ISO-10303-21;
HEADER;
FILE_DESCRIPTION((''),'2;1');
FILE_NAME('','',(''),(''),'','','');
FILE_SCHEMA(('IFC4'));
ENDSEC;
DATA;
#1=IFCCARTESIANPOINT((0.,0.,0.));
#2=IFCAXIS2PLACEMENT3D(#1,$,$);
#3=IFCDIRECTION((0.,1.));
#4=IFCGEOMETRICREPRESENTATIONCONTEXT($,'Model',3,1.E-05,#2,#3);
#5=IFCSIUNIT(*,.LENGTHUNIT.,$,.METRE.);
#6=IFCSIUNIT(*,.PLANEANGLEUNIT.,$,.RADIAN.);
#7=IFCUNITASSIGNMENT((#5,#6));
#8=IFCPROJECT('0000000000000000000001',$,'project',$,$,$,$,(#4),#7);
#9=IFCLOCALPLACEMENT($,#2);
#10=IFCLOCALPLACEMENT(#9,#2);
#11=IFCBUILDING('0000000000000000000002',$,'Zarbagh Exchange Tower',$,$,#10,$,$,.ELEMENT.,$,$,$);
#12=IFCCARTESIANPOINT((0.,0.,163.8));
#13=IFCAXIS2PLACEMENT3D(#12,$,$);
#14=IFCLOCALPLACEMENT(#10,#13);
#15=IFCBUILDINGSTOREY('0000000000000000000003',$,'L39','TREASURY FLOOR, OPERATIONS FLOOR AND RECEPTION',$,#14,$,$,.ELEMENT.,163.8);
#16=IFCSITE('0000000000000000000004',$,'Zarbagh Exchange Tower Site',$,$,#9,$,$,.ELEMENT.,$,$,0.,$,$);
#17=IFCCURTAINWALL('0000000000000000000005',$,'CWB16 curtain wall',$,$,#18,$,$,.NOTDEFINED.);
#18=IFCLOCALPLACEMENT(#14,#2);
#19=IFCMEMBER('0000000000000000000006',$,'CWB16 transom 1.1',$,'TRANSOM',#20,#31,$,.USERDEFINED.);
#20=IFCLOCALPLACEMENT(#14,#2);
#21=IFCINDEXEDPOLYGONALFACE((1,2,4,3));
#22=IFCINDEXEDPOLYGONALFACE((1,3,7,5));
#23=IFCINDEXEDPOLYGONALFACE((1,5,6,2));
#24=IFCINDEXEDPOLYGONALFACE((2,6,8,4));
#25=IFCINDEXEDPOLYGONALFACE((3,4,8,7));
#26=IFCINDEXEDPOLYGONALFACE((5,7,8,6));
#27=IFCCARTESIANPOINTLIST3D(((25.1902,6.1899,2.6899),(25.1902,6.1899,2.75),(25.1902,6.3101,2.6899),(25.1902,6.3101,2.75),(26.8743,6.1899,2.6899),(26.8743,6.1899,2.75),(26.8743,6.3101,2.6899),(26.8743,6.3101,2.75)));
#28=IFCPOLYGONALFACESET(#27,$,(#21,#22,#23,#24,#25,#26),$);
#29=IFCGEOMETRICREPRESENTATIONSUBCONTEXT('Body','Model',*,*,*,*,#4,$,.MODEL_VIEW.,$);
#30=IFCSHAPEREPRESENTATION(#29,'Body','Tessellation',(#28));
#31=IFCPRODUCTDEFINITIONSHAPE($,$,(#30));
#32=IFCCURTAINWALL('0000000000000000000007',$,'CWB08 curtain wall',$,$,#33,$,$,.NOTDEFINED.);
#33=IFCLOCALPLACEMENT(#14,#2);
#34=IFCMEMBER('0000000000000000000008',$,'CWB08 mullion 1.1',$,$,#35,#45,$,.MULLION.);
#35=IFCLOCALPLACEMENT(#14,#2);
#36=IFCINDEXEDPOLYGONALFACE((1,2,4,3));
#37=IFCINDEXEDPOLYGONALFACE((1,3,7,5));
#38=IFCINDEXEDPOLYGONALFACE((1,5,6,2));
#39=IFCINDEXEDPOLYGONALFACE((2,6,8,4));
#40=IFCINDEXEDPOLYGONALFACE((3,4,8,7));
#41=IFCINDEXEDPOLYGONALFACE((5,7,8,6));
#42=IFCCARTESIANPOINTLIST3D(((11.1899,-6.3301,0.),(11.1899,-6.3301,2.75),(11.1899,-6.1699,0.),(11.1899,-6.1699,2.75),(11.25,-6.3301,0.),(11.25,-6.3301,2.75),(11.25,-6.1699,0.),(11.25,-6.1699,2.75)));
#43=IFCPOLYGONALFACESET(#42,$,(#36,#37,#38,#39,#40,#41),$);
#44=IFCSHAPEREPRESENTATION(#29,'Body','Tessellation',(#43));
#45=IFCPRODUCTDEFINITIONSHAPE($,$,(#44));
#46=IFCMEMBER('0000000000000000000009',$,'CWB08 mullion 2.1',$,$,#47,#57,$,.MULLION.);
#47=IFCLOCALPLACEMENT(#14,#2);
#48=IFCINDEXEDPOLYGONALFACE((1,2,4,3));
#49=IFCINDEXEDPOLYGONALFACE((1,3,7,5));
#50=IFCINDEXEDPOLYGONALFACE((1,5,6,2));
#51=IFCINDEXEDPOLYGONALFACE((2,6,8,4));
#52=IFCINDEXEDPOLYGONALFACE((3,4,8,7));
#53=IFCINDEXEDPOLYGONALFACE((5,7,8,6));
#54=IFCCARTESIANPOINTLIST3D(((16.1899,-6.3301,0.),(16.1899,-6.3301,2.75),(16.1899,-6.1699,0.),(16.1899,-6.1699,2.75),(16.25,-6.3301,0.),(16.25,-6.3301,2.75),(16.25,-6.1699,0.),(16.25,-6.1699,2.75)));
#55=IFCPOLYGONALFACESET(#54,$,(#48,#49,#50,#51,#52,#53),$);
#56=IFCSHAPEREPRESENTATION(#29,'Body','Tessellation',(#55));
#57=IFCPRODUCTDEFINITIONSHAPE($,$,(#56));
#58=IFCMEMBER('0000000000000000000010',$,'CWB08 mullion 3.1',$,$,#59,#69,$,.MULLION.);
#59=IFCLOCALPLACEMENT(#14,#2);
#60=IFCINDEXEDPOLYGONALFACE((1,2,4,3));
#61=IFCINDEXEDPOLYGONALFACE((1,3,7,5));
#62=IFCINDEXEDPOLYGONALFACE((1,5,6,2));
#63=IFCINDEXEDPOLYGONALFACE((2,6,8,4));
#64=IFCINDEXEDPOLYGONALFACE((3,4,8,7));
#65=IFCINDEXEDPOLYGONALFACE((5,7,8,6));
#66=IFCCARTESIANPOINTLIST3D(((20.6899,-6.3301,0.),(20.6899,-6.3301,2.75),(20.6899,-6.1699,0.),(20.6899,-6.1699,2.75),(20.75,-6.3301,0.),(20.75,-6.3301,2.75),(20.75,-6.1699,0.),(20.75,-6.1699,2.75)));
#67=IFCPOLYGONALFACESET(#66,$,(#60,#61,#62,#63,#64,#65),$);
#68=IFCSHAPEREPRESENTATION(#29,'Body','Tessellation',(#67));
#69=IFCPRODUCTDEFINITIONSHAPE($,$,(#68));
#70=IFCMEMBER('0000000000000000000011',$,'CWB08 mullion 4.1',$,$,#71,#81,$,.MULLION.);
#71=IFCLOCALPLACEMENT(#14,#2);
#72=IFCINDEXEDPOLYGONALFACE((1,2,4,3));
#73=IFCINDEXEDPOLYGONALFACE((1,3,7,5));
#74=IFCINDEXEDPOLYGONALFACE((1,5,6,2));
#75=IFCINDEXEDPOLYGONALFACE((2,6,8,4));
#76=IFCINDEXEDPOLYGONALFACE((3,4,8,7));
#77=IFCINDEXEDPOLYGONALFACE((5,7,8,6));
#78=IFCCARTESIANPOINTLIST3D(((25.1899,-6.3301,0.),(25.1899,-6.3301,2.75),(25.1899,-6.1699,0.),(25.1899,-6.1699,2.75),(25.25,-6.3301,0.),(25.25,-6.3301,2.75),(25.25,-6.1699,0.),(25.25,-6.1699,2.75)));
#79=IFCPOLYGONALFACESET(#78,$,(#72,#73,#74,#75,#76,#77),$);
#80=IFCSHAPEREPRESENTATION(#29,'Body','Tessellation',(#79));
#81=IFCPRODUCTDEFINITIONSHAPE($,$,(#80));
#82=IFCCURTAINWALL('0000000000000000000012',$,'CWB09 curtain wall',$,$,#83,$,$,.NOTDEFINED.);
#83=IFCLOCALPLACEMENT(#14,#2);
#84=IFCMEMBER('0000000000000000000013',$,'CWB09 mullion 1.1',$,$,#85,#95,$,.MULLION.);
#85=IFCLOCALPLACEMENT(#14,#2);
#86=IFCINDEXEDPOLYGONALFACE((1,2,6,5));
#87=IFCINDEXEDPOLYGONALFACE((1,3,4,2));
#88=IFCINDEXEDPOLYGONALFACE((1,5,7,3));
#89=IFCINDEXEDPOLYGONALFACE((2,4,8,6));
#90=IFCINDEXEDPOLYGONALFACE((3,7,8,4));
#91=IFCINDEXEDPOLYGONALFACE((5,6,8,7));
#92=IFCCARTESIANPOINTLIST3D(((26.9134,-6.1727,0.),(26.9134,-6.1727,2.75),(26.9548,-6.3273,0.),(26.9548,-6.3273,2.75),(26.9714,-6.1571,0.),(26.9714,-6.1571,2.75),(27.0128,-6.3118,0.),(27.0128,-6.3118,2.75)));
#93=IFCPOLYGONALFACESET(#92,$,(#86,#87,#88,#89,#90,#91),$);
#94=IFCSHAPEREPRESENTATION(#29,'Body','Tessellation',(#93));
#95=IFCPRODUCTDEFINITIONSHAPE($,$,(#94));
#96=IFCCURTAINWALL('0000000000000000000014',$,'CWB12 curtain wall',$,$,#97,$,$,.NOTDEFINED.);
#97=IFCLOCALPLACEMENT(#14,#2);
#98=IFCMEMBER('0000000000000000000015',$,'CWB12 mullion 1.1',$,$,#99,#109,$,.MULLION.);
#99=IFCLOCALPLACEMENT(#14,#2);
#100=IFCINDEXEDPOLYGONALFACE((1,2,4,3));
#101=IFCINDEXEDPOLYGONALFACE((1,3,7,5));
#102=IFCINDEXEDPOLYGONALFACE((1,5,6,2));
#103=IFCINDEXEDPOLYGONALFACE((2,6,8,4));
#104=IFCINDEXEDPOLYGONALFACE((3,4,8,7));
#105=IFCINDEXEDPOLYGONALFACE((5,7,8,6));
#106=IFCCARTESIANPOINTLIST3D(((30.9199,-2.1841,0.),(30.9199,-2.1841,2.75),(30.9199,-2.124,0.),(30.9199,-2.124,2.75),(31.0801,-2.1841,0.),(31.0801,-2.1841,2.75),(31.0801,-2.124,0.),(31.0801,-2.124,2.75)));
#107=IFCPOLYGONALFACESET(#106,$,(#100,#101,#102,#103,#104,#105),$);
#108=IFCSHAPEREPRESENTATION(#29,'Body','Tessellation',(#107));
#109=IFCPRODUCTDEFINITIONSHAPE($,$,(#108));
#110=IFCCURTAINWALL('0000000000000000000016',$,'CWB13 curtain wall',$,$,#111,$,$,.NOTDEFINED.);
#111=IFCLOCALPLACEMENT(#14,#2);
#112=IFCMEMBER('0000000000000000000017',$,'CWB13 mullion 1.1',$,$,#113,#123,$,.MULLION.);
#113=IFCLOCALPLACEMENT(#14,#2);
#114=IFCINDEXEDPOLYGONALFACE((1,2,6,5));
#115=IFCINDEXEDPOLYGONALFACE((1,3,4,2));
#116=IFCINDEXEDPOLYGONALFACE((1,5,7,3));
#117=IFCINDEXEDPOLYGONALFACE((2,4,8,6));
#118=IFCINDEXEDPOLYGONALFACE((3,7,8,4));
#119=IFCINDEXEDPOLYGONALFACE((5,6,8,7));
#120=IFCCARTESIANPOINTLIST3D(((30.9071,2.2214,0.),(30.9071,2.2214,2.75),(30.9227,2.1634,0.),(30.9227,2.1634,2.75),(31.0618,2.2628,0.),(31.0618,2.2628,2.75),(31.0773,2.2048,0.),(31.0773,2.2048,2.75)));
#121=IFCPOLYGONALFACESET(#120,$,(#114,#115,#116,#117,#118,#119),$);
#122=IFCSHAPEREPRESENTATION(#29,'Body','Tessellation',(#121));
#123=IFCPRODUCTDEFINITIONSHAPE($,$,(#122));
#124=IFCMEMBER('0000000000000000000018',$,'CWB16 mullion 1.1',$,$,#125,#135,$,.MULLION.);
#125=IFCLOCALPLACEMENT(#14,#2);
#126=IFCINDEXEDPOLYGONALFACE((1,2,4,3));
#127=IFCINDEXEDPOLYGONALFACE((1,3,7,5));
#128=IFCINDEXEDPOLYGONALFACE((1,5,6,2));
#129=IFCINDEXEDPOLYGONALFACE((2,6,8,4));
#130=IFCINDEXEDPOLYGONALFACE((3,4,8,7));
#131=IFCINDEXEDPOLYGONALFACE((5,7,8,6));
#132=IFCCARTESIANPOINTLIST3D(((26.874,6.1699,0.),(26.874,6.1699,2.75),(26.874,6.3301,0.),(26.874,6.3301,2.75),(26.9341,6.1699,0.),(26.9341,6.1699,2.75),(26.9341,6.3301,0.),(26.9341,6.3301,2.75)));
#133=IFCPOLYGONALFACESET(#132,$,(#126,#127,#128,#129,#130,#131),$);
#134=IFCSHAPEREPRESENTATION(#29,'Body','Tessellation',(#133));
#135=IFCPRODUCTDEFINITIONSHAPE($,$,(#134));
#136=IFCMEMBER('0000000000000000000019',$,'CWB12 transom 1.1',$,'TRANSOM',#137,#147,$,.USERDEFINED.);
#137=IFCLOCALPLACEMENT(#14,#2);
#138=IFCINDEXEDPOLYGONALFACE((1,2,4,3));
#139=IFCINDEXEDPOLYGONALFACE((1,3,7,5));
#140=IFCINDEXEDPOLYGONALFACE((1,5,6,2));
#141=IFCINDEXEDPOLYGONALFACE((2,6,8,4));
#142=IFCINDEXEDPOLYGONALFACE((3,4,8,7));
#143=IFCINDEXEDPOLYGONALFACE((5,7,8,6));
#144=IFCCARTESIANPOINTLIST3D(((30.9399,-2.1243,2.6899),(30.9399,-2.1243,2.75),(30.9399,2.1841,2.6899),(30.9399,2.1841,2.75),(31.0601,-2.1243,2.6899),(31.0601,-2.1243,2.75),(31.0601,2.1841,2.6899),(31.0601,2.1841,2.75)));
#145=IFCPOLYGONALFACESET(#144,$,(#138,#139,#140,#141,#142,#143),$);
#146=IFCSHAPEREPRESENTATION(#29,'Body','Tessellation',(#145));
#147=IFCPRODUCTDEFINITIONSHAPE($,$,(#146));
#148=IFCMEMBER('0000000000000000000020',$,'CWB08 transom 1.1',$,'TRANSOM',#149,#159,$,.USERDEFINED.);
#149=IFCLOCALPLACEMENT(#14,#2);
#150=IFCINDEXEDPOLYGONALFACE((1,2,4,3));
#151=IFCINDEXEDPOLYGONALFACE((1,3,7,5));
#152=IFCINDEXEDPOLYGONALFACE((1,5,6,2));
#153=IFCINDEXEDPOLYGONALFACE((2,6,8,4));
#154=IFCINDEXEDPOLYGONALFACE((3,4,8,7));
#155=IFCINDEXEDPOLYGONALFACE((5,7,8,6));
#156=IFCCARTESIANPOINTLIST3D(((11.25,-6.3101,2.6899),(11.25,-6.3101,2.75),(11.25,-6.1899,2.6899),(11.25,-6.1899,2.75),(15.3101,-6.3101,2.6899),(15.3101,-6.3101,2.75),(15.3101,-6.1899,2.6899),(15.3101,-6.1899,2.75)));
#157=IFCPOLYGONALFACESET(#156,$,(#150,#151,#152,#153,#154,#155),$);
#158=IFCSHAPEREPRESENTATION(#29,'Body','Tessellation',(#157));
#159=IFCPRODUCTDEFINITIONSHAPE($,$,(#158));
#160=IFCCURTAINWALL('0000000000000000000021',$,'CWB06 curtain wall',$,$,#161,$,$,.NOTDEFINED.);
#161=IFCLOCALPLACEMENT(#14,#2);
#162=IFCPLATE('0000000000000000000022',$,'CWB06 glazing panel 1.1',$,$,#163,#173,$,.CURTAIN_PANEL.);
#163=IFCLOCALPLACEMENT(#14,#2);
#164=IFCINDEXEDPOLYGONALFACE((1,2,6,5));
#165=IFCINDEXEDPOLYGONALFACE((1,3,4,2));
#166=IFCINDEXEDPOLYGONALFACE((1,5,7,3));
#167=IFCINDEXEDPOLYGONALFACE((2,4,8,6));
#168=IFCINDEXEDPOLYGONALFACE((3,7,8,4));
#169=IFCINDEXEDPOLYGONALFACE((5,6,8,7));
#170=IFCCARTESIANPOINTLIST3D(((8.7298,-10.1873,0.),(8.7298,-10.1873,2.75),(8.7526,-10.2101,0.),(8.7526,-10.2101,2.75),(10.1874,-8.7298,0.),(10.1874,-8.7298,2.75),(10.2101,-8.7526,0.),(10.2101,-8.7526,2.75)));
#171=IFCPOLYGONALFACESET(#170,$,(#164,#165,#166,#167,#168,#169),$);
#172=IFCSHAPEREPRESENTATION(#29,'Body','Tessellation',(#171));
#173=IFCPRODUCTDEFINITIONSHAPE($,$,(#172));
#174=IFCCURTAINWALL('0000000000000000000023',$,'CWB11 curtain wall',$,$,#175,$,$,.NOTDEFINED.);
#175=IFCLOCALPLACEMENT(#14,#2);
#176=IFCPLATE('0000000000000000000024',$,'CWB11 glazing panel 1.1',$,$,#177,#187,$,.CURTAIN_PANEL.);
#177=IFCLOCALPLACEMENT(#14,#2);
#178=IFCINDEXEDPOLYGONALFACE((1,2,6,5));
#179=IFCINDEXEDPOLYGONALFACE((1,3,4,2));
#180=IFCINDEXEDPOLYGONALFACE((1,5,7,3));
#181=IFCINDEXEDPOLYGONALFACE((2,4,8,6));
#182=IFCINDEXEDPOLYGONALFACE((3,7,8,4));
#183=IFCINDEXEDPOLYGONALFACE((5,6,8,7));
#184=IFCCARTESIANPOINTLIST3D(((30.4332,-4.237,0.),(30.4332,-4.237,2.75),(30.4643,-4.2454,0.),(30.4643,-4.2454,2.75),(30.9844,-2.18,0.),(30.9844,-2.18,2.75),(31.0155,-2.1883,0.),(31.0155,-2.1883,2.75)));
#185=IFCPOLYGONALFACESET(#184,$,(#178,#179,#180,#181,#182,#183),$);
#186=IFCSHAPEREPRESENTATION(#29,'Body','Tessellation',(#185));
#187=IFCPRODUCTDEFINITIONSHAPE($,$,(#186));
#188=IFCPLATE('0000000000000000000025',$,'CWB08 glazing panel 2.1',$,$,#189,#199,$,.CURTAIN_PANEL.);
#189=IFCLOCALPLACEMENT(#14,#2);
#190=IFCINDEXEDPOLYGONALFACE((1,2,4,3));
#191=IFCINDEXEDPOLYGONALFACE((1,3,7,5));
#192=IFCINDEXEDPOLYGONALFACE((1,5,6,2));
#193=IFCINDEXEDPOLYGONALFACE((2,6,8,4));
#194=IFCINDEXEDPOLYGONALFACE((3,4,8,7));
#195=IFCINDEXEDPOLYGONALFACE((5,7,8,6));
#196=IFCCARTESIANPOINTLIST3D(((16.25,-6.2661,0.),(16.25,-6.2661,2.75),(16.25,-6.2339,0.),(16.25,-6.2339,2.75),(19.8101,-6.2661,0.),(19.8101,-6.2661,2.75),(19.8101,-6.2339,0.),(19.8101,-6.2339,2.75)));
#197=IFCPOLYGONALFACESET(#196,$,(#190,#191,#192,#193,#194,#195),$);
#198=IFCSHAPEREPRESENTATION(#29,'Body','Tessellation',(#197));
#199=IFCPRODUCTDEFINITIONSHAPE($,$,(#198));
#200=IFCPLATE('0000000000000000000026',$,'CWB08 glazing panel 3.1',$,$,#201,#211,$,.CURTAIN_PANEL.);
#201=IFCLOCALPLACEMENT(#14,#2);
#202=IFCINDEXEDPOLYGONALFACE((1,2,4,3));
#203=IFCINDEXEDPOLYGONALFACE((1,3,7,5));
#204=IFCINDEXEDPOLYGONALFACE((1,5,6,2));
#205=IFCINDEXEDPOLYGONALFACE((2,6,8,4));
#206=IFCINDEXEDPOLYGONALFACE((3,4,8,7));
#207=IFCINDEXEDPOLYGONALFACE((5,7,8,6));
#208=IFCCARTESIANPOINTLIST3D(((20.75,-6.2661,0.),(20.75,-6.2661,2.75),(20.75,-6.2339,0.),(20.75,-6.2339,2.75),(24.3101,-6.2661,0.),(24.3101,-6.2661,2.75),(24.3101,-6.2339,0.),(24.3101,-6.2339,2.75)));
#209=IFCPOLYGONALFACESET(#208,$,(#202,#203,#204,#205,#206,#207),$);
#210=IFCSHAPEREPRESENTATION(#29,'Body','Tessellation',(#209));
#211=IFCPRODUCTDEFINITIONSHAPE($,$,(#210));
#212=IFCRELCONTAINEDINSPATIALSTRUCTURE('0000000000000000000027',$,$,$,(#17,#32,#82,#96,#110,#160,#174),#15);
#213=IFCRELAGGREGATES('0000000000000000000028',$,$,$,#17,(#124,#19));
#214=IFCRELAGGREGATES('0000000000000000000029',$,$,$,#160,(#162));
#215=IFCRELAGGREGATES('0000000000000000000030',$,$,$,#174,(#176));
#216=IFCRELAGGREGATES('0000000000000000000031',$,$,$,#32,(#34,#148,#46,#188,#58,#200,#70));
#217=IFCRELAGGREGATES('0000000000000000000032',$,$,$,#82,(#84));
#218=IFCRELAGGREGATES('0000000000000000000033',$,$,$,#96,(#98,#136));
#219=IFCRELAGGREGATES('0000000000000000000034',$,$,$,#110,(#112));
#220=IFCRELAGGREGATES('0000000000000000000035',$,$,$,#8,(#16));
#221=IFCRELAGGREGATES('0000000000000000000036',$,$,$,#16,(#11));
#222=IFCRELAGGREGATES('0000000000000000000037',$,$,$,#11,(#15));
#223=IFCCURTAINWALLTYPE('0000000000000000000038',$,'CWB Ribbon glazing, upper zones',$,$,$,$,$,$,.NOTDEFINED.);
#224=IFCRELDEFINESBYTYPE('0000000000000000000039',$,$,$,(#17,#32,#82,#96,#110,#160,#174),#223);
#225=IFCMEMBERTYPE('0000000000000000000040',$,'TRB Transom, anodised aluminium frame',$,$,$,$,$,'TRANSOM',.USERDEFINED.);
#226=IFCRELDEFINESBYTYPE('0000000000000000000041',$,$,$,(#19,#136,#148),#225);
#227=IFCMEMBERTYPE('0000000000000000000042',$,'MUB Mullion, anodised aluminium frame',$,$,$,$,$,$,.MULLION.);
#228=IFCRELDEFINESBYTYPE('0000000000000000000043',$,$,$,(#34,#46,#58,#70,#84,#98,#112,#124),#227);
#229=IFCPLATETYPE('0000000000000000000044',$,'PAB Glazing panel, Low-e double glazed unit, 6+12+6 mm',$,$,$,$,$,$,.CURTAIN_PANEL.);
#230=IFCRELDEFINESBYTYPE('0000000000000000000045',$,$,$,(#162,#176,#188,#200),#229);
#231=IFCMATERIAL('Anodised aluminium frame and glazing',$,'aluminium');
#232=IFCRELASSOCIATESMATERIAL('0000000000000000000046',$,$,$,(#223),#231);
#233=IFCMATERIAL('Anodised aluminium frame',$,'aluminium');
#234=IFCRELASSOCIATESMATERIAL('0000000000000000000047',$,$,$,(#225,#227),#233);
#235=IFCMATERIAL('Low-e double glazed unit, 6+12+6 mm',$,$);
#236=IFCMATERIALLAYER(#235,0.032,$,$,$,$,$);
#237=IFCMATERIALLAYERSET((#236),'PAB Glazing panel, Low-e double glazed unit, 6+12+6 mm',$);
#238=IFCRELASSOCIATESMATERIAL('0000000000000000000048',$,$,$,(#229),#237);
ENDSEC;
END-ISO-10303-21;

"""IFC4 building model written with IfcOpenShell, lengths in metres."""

from ifc_helpers import new_model, si_unit, direction, frame, origin, place, context, subcontext, project, spatial, polyline, outline, extrude, source, transform, mapped, material, layer, layer_set, type_object, element, aggregate, save


model = new_model("IFC4")

# Units and contexts
model_context = context("Model", 3, precision=1e-05, world=origin(), true_north=direction((0.0, 1.0)))
body_context = subcontext(model_context, "Body", "Model", "MODEL_VIEW")
ifc_project = project(units=[si_unit("LENGTHUNIT", "METRE"), si_unit("PLANEANGLEUNIT", "RADIAN")], contexts=[model_context])

# Site, building, storey
site_placement = place(None, origin())
site = spatial("IfcSite", under=ifc_project, at=site_placement, Name="Zarbagh Exchange Tower Site", CompositionType="ELEMENT", RefElevation=0.0)
building_placement = place(site_placement, origin())
building = spatial("IfcBuilding", under=site, at=building_placement, Name="Zarbagh Exchange Tower", CompositionType="ELEMENT")
storey_placement = place(building_placement, frame((0.0, 0.0, 163.8)))
storey = spatial("IfcBuildingStorey", under=building, at=storey_placement, Name="L39", Description="TREASURY FLOOR, OPERATIONS FLOOR AND RECEPTION", CompositionType="ELEMENT", Elevation=163.8)

# Curtain wall, member
ifc_material_1 = material(Name="Anodised aluminium frame and glazing", Category="aluminium")
curtain_wall_type = type_object("IfcCurtainWallType", Name="CWB Ribbon glazing, upper zones", PredefinedType="NOTDEFINED", material=ifc_material_1)
curtain_wall_1_placement = place(storey_placement, origin())
curtain_wall_1 = element("IfcCurtainWall", 1, at=curtain_wall_1_placement, inside=storey, type_object=curtain_wall_type, Name="CWB16 curtain wall", PredefinedType="NOTDEFINED")
ifc_material_2 = material(Name="Anodised aluminium frame", Category="aluminium")
member_type_1 = type_object("IfcMemberType", Name="TRB Transom, anodised aluminium frame", ElementType="TRANSOM", PredefinedType="USERDEFINED", material=ifc_material_2)
shared_shape_1 = source(origin(), body_context, "Body", "SweptSolid", [
    extrude(outline(polyline([(-0.0601, -0.0601), (0.0, -0.0601), (0.0, 0.0601), (-0.0601, 0.0601), (-0.0601, -0.0601)])), origin(), (0.0, 0.0, 1.0), 1.6841),
])
placement = place(storey_placement, origin())
member_1 = element("IfcMember", 2, at=placement, type_object=member_type_1, Name="CWB16 transom 1.1", ObjectType="TRANSOM", PredefinedType="USERDEFINED", context=body_context, shape_type="MappedRepresentation", body=[
    mapped(shared_shape_1, transform((26.8743, 6.25, 2.75), x_axis=(0.0, 0.0, 1.0), y_axis=(0.0, 1.0, 0.0), z_axis=(-1.0, 0.0, 0.0))),
])

# Curtain wall, members
curtain_wall_2_placement = place(storey_placement, origin())
curtain_wall_2 = element("IfcCurtainWall", 3, at=curtain_wall_2_placement, inside=storey, type_object=curtain_wall_type, Name="CWB08 curtain wall", PredefinedType="NOTDEFINED")
member_type_2 = type_object("IfcMemberType", Name="MUB Mullion, anodised aluminium frame", PredefinedType="MULLION", material=ifc_material_2)
shared_shape_2 = source(origin(), body_context, "Body", "SweptSolid", [
    extrude(outline(polyline([(0.0, -0.0801), (0.0601, -0.0801), (0.0601, 0.0801), (0.0, 0.0801), (0.0, -0.0801)])), origin(), (0.0, 0.0, 1.0), 2.75),
])
member_2 = element("IfcMember", 4, at=placement, type_object=member_type_2, Name="CWB08 mullion 1.1", PredefinedType="MULLION", context=body_context, shape_type="MappedRepresentation", body=[
    mapped(shared_shape_2, transform((11.1899, -6.25, 0.0), x_axis=(1.0, 0.0, 0.0), y_axis=(0.0, 1.0, 0.0), z_axis=(0.0, 0.0, 1.0))),
])
member_3 = element("IfcMember", 5, at=placement, type_object=member_type_2, Name="CWB08 mullion 2.1", PredefinedType="MULLION", context=body_context, shape_type="MappedRepresentation", body=[
    mapped(shared_shape_2, transform((16.1899, -6.25, 0.0), x_axis=(1.0, 0.0, 0.0), y_axis=(0.0, 1.0, 0.0), z_axis=(0.0, 0.0, 1.0))),
])
member_4 = element("IfcMember", 6, at=placement, type_object=member_type_2, Name="CWB08 mullion 3.1", PredefinedType="MULLION", context=body_context, shape_type="MappedRepresentation", body=[
    mapped(shared_shape_2, transform((20.6899, -6.25, 0.0), x_axis=(1.0, 0.0, 0.0), y_axis=(0.0, 1.0, 0.0), z_axis=(0.0, 0.0, 1.0))),
])
member_5 = element("IfcMember", 7, at=placement, type_object=member_type_2, Name="CWB08 mullion 4.1", PredefinedType="MULLION", context=body_context, shape_type="MappedRepresentation", body=[
    mapped(shared_shape_2, transform((25.1899, -6.25, 0.0), x_axis=(1.0, 0.0, 0.0), y_axis=(0.0, 1.0, 0.0), z_axis=(0.0, 0.0, 1.0))),
])

# Curtain walls, members
curtain_wall_3_placement = place(storey_placement, origin())
curtain_wall_3 = element("IfcCurtainWall", 8, at=curtain_wall_3_placement, inside=storey, type_object=curtain_wall_type, Name="CWB09 curtain wall", PredefinedType="NOTDEFINED")
member_6 = element("IfcMember", 9, at=placement, type_object=member_type_2, Name="CWB09 mullion 1.1", PredefinedType="MULLION", context=body_context, shape_type="MappedRepresentation", body=[
    mapped(shared_shape_2, transform((26.9341, -6.25, 0.0), x_axis=(0.965924, 0.258825, 0.0), y_axis=(-0.258825, 0.965924, 0.0), z_axis=(0.0, 0.0, 1.0))),
])
curtain_wall_4_placement = place(storey_placement, origin())
curtain_wall_4 = element("IfcCurtainWall", 10, at=curtain_wall_4_placement, inside=storey, type_object=curtain_wall_type, Name="CWB12 curtain wall", PredefinedType="NOTDEFINED")
member_7 = element("IfcMember", 11, at=placement, type_object=member_type_2, Name="CWB12 mullion 1.1", PredefinedType="MULLION", context=body_context, shape_type="MappedRepresentation", body=[
    mapped(shared_shape_2, transform((31.0, -2.1841, 0.0), x_axis=(0.0, 1.0, 0.0), y_axis=(-1.0, 0.0, 0.0), z_axis=(0.0, 0.0, 1.0))),
])
curtain_wall_5_placement = place(storey_placement, origin())
curtain_wall_5 = element("IfcCurtainWall", 12, at=curtain_wall_5_placement, inside=storey, type_object=curtain_wall_type, Name="CWB13 curtain wall", PredefinedType="NOTDEFINED")
member_8 = element("IfcMember", 13, at=placement, type_object=member_type_2, Name="CWB13 mullion 1.1", PredefinedType="MULLION", context=body_context, shape_type="MappedRepresentation", body=[
    mapped(shared_shape_2, transform((31.0, 2.1841, 0.0), x_axis=(-0.258825, 0.965924, 0.0), y_axis=(-0.965924, -0.258825, 0.0), z_axis=(0.0, 0.0, 1.0))),
])

# Members
member_9 = element("IfcMember", 14, at=placement, type_object=member_type_2, Name="CWB16 mullion 1.1", PredefinedType="MULLION", context=body_context, shape_type="MappedRepresentation", body=[
    mapped(shared_shape_2, transform((26.9341, 6.25, 0.0), x_axis=(-1.0, 0.0, 0.0), y_axis=(0.0, -1.0, 0.0), z_axis=(0.0, 0.0, 1.0))),
])
aggregate(curtain_wall_1, [member_9, member_1])
shared_shape_3 = source(origin(), body_context, "Body", "SweptSolid", [
    extrude(outline(polyline([(-0.0601, -0.0601), (0.0, -0.0601), (0.0, 0.0601), (-0.0601, 0.0601), (-0.0601, -0.0601)])), origin(), (0.0, 0.0, 1.0), 4.3083),
])
member_10 = element("IfcMember", 15, at=placement, type_object=member_type_1, Name="CWB12 transom 1.1", ObjectType="TRANSOM", PredefinedType="USERDEFINED", context=body_context, shape_type="MappedRepresentation", body=[
    mapped(shared_shape_3, transform((31.0, -2.1243, 2.75), x_axis=(0.0, 0.0, 1.0), y_axis=(1.0, 0.0, 0.0), z_axis=(0.0, 1.0, 0.0))),
])
shared_shape_4 = source(origin(), body_context, "Body", "SweptSolid", [
    extrude(outline(polyline([(-0.0601, -0.0601), (0.0, -0.0601), (0.0, 0.0601), (-0.0601, 0.0601), (-0.0601, -0.0601)])), origin(), (0.0, 0.0, 1.0), 4.0601),
])
member_11 = element("IfcMember", 16, at=placement, type_object=member_type_1, Name="CWB08 transom 1.1", ObjectType="TRANSOM", PredefinedType="USERDEFINED", context=body_context, shape_type="MappedRepresentation", body=[
    mapped(shared_shape_4, transform((11.25, -6.25, 2.75), x_axis=(0.0, 0.0, 1.0), y_axis=(0.0, -1.0, 0.0), z_axis=(1.0, 0.0, 0.0))),
])

# Curtain walls, plates
curtain_wall_6_placement = place(storey_placement, origin())
curtain_wall_6 = element("IfcCurtainWall", 17, at=curtain_wall_6_placement, inside=storey, type_object=curtain_wall_type, Name="CWB06 curtain wall", PredefinedType="NOTDEFINED")
ifc_material_3 = material(Name="Low-e double glazed unit, 6+12+6 mm")
ifc_layer = layer(ifc_material_3, 0.032)
ifc_layer_set = layer_set([ifc_layer], Name="PAB Glazing panel, Low-e double glazed unit, 6+12+6 mm")
plate_type = type_object("IfcPlateType", Name="PAB Glazing panel, Low-e double glazed unit, 6+12+6 mm", PredefinedType="CURTAIN_PANEL", material=ifc_layer_set)
shared_shape_5 = source(origin(), body_context, "Body", "SweptSolid", [
    extrude(outline(polyline([(0.0, -0.0161), (2.0613, -0.0161), (2.0613, 0.0161), (0.0, 0.0161), (0.0, -0.0161)])), origin(), (0.0, 0.0, 1.0), 2.75),
])
plate_1 = element("IfcPlate", 18, at=placement, type_object=plate_type, Name="CWB06 glazing panel 1.1", PredefinedType="CURTAIN_PANEL", context=body_context, shape_type="MappedRepresentation", body=[
    mapped(shared_shape_5, transform((8.7412, -10.1987, 0.0), x_axis=(0.707107, 0.707107, 0.0), y_axis=(-0.707107, 0.707107, 0.0), z_axis=(0.0, 0.0, 1.0))),
])
aggregate(curtain_wall_6, [plate_1])
curtain_wall_7_placement = place(storey_placement, origin())
curtain_wall_7 = element("IfcCurtainWall", 19, at=curtain_wall_7_placement, inside=storey, type_object=curtain_wall_type, Name="CWB11 curtain wall", PredefinedType="NOTDEFINED")
shared_shape_6 = source(origin(), body_context, "Body", "SweptSolid", [
    extrude(outline(polyline([(0.0, -0.0161), (2.1296, -0.0161), (2.1296, 0.0161), (0.0, 0.0161), (0.0, -0.0161)])), origin(), (0.0, 0.0, 1.0), 2.75),
])
plate_2 = element("IfcPlate", 20, at=placement, type_object=plate_type, Name="CWB11 glazing panel 1.1", PredefinedType="CURTAIN_PANEL", context=body_context, shape_type="MappedRepresentation", body=[
    mapped(shared_shape_6, transform((30.4487, -4.2412, 0.0), x_axis=(0.258825, 0.965924, 0.0), y_axis=(-0.965924, 0.258825, 0.0), z_axis=(0.0, 0.0, 1.0))),
])
aggregate(curtain_wall_7, [plate_2])

# Plates
shared_shape_7 = source(origin(), body_context, "Body", "SweptSolid", [
    extrude(outline(polyline([(0.0, -0.0161), (3.5601, -0.0161), (3.5601, 0.0161), (0.0, 0.0161), (0.0, -0.0161)])), origin(), (0.0, 0.0, 1.0), 2.75),
])
plate_3 = element("IfcPlate", 21, at=placement, type_object=plate_type, Name="CWB08 glazing panel 2.1", PredefinedType="CURTAIN_PANEL", context=body_context, shape_type="MappedRepresentation", body=[
    mapped(shared_shape_7, transform((16.25, -6.25, 0.0), x_axis=(1.0, 0.0, 0.0), y_axis=(0.0, 1.0, 0.0), z_axis=(0.0, 0.0, 1.0))),
])
plate_4 = element("IfcPlate", 22, at=placement, type_object=plate_type, Name="CWB08 glazing panel 3.1", PredefinedType="CURTAIN_PANEL", context=body_context, shape_type="MappedRepresentation", body=[
    mapped(shared_shape_7, transform((20.75, -6.25, 0.0), x_axis=(1.0, 0.0, 0.0), y_axis=(0.0, 1.0, 0.0), z_axis=(0.0, 0.0, 1.0))),
])

aggregate(curtain_wall_2, [member_2, member_11, member_3, plate_3, member_4, plate_4, member_5])
aggregate(curtain_wall_3, [member_6])

aggregate(curtain_wall_4, [member_7, member_10])
aggregate(curtain_wall_5, [member_8])

save(model, "model.ifc")
